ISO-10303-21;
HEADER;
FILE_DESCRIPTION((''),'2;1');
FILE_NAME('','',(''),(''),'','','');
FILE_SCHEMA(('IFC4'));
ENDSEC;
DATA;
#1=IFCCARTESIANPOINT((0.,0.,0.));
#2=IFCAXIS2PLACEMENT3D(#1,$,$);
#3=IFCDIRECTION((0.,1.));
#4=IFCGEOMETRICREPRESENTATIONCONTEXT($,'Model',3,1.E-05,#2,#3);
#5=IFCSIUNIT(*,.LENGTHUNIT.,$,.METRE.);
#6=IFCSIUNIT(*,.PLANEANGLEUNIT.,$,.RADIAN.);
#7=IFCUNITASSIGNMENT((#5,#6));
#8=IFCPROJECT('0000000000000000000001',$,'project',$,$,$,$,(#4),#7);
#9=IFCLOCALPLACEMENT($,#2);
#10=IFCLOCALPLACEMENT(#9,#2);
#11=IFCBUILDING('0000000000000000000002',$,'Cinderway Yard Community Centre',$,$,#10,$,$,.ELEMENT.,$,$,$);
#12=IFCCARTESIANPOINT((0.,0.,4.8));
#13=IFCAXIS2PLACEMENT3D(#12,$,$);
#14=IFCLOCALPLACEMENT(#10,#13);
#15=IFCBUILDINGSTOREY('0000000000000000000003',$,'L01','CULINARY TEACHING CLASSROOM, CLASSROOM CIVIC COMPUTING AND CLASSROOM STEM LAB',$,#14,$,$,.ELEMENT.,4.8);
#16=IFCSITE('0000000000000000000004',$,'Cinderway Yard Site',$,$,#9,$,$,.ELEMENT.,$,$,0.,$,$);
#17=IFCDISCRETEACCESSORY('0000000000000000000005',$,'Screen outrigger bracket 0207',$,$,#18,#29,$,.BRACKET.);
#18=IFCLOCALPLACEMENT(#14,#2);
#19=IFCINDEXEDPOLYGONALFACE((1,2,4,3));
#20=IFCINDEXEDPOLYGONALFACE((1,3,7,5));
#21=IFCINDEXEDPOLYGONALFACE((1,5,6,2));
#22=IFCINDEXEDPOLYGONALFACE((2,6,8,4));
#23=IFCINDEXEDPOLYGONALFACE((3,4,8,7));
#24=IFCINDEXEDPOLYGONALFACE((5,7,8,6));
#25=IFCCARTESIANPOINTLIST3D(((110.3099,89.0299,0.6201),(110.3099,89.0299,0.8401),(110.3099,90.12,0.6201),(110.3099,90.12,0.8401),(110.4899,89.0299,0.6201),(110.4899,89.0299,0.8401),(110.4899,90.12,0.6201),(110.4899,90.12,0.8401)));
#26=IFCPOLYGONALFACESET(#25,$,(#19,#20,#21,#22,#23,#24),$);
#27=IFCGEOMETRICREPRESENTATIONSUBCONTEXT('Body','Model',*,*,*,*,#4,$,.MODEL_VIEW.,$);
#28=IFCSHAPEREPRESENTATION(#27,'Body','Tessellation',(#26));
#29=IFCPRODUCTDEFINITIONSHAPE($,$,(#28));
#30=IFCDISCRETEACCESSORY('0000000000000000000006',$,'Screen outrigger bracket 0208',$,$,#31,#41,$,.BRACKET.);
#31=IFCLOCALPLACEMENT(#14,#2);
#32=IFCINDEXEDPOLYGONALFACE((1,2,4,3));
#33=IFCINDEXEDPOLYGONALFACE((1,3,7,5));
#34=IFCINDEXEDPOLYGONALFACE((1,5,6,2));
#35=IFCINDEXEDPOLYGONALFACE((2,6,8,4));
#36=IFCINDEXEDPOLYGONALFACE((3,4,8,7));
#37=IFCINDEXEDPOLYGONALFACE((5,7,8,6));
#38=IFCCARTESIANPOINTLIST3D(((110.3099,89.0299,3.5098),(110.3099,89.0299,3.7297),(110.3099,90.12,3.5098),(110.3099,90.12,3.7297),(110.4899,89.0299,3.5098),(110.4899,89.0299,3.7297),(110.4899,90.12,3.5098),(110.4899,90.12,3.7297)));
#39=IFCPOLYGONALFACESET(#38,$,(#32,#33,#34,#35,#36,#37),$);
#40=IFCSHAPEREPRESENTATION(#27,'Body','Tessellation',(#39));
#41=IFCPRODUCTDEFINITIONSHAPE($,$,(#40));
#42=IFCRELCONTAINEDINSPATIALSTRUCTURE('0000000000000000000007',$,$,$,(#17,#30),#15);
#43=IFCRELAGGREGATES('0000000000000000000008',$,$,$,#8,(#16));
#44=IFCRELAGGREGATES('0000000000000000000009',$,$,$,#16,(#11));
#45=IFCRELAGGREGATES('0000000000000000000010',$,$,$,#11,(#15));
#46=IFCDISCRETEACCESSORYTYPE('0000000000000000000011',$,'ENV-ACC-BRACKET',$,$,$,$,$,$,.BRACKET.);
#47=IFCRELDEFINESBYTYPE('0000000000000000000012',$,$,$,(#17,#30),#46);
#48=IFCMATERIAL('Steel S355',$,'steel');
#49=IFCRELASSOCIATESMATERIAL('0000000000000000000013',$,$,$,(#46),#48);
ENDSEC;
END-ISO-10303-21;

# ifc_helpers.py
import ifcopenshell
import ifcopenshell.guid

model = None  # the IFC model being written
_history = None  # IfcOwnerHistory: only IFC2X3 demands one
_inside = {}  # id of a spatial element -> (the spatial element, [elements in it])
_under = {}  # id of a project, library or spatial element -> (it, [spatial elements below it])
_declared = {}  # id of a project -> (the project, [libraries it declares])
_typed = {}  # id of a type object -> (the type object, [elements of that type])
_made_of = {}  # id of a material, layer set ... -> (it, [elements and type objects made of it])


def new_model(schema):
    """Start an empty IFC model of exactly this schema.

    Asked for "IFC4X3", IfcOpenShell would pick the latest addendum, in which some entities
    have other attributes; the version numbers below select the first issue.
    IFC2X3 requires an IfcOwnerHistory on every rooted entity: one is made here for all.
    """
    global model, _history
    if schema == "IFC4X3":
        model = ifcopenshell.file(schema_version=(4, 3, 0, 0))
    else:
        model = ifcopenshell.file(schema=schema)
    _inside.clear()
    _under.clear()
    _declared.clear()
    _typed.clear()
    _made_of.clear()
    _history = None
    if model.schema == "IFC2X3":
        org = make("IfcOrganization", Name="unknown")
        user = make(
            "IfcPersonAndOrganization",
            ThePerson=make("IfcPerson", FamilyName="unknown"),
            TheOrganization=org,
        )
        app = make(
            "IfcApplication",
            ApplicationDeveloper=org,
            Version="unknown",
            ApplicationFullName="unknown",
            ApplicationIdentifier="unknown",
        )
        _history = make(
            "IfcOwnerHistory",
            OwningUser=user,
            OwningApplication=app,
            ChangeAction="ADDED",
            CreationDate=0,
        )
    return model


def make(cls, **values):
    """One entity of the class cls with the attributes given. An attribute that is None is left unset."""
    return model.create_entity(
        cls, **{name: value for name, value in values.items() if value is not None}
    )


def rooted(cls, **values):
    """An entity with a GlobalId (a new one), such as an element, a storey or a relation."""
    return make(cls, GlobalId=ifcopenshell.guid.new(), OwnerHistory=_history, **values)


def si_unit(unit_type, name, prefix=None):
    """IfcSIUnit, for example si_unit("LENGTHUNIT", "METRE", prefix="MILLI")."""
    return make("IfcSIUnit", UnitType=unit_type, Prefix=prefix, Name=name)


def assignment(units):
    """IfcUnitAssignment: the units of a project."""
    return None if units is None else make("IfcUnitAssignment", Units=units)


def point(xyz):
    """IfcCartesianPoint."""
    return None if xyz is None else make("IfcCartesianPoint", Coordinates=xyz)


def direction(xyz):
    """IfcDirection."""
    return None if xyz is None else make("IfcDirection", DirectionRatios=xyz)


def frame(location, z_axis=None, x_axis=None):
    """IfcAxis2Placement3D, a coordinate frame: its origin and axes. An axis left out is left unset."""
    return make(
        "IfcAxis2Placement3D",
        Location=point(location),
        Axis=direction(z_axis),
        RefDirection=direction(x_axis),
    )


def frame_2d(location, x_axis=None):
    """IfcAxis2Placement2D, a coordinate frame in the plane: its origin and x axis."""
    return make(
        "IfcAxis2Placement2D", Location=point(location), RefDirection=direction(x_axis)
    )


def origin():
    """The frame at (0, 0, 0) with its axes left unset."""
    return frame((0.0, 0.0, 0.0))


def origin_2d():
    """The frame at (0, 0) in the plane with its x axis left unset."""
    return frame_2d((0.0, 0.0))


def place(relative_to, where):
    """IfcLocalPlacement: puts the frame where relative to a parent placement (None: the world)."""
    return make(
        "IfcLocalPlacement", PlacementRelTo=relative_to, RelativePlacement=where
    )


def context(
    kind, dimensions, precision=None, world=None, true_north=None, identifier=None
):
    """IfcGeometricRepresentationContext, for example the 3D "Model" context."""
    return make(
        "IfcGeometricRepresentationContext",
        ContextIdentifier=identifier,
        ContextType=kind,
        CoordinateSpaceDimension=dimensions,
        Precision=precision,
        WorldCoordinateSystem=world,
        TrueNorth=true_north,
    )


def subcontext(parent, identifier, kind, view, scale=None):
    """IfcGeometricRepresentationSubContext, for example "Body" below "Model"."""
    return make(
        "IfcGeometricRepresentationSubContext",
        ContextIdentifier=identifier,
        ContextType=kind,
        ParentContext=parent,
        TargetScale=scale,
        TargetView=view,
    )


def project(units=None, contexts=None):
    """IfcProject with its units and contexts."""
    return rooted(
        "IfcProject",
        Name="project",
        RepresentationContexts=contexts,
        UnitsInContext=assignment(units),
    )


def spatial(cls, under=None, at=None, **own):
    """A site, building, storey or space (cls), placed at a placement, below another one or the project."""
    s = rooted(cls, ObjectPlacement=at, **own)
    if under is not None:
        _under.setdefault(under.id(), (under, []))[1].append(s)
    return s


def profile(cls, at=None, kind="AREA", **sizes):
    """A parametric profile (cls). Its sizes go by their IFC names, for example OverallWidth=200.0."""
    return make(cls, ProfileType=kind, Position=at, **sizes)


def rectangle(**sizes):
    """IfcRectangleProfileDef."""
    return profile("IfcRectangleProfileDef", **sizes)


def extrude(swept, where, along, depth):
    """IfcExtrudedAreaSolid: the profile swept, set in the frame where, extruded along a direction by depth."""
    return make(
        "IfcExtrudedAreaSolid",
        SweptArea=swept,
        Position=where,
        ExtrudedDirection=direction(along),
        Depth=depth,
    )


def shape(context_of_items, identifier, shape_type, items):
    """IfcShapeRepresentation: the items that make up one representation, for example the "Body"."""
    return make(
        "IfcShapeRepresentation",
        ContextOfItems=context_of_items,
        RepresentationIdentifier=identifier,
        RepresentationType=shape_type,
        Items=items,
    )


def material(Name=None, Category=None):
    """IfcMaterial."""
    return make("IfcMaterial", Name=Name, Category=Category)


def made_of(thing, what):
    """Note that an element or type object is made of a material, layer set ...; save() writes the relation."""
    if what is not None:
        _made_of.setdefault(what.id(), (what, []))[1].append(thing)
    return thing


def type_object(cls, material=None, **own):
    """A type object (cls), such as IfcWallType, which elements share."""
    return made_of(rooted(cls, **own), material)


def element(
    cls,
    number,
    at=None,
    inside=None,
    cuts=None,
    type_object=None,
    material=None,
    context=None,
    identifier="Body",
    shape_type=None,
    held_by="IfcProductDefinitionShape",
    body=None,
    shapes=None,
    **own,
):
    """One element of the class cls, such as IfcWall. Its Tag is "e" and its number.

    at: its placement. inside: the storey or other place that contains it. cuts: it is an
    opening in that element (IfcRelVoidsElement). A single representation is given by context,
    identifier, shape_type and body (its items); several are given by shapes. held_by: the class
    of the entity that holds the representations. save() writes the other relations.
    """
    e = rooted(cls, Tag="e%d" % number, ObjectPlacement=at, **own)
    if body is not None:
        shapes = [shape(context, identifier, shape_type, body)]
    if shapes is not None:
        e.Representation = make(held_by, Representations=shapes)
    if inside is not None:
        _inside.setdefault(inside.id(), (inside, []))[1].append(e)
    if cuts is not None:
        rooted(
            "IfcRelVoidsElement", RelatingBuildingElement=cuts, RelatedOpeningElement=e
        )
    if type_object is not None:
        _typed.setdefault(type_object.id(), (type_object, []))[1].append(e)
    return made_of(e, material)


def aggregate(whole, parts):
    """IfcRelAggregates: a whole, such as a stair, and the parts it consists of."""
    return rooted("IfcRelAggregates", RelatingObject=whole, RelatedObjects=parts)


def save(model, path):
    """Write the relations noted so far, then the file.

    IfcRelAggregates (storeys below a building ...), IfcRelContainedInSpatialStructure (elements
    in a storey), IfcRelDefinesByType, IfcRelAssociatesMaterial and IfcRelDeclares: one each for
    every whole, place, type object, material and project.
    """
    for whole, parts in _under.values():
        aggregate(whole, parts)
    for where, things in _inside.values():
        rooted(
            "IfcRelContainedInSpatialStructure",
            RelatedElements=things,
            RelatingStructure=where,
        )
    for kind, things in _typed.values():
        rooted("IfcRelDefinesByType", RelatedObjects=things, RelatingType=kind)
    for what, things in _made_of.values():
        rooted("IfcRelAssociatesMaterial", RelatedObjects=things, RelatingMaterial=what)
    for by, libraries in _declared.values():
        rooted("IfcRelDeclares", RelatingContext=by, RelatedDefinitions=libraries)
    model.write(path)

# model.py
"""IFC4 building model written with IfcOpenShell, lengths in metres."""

from ifc_helpers import new_model, si_unit, direction, frame, origin, origin_2d, place, context, subcontext, project, spatial, rectangle, extrude, material, type_object, element, save


model = new_model("IFC4")

# Units and contexts
model_context = context("Model", 3, precision=1e-05, world=origin(), true_north=direction((0.0, 1.0)))
body_context = subcontext(model_context, "Body", "Model", "MODEL_VIEW")
ifc_project = project(units=[si_unit("LENGTHUNIT", "METRE"), si_unit("PLANEANGLEUNIT", "RADIAN")], contexts=[model_context])

# Site, building, storey
site_placement = place(None, origin())
site = spatial("IfcSite", under=ifc_project, at=site_placement, Name="Cinderway Yard Site", CompositionType="ELEMENT", RefElevation=0.0)
building_placement = place(site_placement, origin())
building = spatial("IfcBuilding", under=site, at=building_placement, Name="Cinderway Yard Community Centre", CompositionType="ELEMENT")
storey_placement = place(building_placement, frame((0.0, 0.0, 4.8)))
storey = spatial("IfcBuildingStorey", under=building, at=storey_placement, Name="L01", Description="CULINARY TEACHING CLASSROOM, CLASSROOM CIVIC COMPUTING AND CLASSROOM STEM LAB", CompositionType="ELEMENT", Elevation=4.8)

# Shared definitions
ifc_material_1 = material(Name="Steel S355", Category="steel")

# Discrete accessories
discrete_accessory_type = type_object("IfcDiscreteAccessoryType", Name="ENV-ACC-BRACKET", PredefinedType="BRACKET", material=ifc_material_1)
for number, where, z_axis, x_axis, name in (
    (1, (110.3999, 89.575, 0.6201), (0.0, 0.0, 1.0), (0.0, -1.0, 0.0), "Screen outrigger bracket 0207"),
    (2, (110.3999, 89.575, 3.5098), (0.0, 0.0, 1.0), (0.0, -1.0, 0.0), "Screen outrigger bracket 0208"),
):
    element("IfcDiscreteAccessory", number, at=place(storey_placement, frame(where, z_axis=z_axis, x_axis=x_axis)), inside=storey, type_object=discrete_accessory_type, Name=name, PredefinedType="BRACKET", context=body_context, shape_type="SweptSolid", body=[
        extrude(rectangle(XDim=1.0901, YDim=0.1799, at=origin_2d()), origin(), (0.0, 0.0, 1.0), 0.22),
    ])

save(model, "model.ifc")
